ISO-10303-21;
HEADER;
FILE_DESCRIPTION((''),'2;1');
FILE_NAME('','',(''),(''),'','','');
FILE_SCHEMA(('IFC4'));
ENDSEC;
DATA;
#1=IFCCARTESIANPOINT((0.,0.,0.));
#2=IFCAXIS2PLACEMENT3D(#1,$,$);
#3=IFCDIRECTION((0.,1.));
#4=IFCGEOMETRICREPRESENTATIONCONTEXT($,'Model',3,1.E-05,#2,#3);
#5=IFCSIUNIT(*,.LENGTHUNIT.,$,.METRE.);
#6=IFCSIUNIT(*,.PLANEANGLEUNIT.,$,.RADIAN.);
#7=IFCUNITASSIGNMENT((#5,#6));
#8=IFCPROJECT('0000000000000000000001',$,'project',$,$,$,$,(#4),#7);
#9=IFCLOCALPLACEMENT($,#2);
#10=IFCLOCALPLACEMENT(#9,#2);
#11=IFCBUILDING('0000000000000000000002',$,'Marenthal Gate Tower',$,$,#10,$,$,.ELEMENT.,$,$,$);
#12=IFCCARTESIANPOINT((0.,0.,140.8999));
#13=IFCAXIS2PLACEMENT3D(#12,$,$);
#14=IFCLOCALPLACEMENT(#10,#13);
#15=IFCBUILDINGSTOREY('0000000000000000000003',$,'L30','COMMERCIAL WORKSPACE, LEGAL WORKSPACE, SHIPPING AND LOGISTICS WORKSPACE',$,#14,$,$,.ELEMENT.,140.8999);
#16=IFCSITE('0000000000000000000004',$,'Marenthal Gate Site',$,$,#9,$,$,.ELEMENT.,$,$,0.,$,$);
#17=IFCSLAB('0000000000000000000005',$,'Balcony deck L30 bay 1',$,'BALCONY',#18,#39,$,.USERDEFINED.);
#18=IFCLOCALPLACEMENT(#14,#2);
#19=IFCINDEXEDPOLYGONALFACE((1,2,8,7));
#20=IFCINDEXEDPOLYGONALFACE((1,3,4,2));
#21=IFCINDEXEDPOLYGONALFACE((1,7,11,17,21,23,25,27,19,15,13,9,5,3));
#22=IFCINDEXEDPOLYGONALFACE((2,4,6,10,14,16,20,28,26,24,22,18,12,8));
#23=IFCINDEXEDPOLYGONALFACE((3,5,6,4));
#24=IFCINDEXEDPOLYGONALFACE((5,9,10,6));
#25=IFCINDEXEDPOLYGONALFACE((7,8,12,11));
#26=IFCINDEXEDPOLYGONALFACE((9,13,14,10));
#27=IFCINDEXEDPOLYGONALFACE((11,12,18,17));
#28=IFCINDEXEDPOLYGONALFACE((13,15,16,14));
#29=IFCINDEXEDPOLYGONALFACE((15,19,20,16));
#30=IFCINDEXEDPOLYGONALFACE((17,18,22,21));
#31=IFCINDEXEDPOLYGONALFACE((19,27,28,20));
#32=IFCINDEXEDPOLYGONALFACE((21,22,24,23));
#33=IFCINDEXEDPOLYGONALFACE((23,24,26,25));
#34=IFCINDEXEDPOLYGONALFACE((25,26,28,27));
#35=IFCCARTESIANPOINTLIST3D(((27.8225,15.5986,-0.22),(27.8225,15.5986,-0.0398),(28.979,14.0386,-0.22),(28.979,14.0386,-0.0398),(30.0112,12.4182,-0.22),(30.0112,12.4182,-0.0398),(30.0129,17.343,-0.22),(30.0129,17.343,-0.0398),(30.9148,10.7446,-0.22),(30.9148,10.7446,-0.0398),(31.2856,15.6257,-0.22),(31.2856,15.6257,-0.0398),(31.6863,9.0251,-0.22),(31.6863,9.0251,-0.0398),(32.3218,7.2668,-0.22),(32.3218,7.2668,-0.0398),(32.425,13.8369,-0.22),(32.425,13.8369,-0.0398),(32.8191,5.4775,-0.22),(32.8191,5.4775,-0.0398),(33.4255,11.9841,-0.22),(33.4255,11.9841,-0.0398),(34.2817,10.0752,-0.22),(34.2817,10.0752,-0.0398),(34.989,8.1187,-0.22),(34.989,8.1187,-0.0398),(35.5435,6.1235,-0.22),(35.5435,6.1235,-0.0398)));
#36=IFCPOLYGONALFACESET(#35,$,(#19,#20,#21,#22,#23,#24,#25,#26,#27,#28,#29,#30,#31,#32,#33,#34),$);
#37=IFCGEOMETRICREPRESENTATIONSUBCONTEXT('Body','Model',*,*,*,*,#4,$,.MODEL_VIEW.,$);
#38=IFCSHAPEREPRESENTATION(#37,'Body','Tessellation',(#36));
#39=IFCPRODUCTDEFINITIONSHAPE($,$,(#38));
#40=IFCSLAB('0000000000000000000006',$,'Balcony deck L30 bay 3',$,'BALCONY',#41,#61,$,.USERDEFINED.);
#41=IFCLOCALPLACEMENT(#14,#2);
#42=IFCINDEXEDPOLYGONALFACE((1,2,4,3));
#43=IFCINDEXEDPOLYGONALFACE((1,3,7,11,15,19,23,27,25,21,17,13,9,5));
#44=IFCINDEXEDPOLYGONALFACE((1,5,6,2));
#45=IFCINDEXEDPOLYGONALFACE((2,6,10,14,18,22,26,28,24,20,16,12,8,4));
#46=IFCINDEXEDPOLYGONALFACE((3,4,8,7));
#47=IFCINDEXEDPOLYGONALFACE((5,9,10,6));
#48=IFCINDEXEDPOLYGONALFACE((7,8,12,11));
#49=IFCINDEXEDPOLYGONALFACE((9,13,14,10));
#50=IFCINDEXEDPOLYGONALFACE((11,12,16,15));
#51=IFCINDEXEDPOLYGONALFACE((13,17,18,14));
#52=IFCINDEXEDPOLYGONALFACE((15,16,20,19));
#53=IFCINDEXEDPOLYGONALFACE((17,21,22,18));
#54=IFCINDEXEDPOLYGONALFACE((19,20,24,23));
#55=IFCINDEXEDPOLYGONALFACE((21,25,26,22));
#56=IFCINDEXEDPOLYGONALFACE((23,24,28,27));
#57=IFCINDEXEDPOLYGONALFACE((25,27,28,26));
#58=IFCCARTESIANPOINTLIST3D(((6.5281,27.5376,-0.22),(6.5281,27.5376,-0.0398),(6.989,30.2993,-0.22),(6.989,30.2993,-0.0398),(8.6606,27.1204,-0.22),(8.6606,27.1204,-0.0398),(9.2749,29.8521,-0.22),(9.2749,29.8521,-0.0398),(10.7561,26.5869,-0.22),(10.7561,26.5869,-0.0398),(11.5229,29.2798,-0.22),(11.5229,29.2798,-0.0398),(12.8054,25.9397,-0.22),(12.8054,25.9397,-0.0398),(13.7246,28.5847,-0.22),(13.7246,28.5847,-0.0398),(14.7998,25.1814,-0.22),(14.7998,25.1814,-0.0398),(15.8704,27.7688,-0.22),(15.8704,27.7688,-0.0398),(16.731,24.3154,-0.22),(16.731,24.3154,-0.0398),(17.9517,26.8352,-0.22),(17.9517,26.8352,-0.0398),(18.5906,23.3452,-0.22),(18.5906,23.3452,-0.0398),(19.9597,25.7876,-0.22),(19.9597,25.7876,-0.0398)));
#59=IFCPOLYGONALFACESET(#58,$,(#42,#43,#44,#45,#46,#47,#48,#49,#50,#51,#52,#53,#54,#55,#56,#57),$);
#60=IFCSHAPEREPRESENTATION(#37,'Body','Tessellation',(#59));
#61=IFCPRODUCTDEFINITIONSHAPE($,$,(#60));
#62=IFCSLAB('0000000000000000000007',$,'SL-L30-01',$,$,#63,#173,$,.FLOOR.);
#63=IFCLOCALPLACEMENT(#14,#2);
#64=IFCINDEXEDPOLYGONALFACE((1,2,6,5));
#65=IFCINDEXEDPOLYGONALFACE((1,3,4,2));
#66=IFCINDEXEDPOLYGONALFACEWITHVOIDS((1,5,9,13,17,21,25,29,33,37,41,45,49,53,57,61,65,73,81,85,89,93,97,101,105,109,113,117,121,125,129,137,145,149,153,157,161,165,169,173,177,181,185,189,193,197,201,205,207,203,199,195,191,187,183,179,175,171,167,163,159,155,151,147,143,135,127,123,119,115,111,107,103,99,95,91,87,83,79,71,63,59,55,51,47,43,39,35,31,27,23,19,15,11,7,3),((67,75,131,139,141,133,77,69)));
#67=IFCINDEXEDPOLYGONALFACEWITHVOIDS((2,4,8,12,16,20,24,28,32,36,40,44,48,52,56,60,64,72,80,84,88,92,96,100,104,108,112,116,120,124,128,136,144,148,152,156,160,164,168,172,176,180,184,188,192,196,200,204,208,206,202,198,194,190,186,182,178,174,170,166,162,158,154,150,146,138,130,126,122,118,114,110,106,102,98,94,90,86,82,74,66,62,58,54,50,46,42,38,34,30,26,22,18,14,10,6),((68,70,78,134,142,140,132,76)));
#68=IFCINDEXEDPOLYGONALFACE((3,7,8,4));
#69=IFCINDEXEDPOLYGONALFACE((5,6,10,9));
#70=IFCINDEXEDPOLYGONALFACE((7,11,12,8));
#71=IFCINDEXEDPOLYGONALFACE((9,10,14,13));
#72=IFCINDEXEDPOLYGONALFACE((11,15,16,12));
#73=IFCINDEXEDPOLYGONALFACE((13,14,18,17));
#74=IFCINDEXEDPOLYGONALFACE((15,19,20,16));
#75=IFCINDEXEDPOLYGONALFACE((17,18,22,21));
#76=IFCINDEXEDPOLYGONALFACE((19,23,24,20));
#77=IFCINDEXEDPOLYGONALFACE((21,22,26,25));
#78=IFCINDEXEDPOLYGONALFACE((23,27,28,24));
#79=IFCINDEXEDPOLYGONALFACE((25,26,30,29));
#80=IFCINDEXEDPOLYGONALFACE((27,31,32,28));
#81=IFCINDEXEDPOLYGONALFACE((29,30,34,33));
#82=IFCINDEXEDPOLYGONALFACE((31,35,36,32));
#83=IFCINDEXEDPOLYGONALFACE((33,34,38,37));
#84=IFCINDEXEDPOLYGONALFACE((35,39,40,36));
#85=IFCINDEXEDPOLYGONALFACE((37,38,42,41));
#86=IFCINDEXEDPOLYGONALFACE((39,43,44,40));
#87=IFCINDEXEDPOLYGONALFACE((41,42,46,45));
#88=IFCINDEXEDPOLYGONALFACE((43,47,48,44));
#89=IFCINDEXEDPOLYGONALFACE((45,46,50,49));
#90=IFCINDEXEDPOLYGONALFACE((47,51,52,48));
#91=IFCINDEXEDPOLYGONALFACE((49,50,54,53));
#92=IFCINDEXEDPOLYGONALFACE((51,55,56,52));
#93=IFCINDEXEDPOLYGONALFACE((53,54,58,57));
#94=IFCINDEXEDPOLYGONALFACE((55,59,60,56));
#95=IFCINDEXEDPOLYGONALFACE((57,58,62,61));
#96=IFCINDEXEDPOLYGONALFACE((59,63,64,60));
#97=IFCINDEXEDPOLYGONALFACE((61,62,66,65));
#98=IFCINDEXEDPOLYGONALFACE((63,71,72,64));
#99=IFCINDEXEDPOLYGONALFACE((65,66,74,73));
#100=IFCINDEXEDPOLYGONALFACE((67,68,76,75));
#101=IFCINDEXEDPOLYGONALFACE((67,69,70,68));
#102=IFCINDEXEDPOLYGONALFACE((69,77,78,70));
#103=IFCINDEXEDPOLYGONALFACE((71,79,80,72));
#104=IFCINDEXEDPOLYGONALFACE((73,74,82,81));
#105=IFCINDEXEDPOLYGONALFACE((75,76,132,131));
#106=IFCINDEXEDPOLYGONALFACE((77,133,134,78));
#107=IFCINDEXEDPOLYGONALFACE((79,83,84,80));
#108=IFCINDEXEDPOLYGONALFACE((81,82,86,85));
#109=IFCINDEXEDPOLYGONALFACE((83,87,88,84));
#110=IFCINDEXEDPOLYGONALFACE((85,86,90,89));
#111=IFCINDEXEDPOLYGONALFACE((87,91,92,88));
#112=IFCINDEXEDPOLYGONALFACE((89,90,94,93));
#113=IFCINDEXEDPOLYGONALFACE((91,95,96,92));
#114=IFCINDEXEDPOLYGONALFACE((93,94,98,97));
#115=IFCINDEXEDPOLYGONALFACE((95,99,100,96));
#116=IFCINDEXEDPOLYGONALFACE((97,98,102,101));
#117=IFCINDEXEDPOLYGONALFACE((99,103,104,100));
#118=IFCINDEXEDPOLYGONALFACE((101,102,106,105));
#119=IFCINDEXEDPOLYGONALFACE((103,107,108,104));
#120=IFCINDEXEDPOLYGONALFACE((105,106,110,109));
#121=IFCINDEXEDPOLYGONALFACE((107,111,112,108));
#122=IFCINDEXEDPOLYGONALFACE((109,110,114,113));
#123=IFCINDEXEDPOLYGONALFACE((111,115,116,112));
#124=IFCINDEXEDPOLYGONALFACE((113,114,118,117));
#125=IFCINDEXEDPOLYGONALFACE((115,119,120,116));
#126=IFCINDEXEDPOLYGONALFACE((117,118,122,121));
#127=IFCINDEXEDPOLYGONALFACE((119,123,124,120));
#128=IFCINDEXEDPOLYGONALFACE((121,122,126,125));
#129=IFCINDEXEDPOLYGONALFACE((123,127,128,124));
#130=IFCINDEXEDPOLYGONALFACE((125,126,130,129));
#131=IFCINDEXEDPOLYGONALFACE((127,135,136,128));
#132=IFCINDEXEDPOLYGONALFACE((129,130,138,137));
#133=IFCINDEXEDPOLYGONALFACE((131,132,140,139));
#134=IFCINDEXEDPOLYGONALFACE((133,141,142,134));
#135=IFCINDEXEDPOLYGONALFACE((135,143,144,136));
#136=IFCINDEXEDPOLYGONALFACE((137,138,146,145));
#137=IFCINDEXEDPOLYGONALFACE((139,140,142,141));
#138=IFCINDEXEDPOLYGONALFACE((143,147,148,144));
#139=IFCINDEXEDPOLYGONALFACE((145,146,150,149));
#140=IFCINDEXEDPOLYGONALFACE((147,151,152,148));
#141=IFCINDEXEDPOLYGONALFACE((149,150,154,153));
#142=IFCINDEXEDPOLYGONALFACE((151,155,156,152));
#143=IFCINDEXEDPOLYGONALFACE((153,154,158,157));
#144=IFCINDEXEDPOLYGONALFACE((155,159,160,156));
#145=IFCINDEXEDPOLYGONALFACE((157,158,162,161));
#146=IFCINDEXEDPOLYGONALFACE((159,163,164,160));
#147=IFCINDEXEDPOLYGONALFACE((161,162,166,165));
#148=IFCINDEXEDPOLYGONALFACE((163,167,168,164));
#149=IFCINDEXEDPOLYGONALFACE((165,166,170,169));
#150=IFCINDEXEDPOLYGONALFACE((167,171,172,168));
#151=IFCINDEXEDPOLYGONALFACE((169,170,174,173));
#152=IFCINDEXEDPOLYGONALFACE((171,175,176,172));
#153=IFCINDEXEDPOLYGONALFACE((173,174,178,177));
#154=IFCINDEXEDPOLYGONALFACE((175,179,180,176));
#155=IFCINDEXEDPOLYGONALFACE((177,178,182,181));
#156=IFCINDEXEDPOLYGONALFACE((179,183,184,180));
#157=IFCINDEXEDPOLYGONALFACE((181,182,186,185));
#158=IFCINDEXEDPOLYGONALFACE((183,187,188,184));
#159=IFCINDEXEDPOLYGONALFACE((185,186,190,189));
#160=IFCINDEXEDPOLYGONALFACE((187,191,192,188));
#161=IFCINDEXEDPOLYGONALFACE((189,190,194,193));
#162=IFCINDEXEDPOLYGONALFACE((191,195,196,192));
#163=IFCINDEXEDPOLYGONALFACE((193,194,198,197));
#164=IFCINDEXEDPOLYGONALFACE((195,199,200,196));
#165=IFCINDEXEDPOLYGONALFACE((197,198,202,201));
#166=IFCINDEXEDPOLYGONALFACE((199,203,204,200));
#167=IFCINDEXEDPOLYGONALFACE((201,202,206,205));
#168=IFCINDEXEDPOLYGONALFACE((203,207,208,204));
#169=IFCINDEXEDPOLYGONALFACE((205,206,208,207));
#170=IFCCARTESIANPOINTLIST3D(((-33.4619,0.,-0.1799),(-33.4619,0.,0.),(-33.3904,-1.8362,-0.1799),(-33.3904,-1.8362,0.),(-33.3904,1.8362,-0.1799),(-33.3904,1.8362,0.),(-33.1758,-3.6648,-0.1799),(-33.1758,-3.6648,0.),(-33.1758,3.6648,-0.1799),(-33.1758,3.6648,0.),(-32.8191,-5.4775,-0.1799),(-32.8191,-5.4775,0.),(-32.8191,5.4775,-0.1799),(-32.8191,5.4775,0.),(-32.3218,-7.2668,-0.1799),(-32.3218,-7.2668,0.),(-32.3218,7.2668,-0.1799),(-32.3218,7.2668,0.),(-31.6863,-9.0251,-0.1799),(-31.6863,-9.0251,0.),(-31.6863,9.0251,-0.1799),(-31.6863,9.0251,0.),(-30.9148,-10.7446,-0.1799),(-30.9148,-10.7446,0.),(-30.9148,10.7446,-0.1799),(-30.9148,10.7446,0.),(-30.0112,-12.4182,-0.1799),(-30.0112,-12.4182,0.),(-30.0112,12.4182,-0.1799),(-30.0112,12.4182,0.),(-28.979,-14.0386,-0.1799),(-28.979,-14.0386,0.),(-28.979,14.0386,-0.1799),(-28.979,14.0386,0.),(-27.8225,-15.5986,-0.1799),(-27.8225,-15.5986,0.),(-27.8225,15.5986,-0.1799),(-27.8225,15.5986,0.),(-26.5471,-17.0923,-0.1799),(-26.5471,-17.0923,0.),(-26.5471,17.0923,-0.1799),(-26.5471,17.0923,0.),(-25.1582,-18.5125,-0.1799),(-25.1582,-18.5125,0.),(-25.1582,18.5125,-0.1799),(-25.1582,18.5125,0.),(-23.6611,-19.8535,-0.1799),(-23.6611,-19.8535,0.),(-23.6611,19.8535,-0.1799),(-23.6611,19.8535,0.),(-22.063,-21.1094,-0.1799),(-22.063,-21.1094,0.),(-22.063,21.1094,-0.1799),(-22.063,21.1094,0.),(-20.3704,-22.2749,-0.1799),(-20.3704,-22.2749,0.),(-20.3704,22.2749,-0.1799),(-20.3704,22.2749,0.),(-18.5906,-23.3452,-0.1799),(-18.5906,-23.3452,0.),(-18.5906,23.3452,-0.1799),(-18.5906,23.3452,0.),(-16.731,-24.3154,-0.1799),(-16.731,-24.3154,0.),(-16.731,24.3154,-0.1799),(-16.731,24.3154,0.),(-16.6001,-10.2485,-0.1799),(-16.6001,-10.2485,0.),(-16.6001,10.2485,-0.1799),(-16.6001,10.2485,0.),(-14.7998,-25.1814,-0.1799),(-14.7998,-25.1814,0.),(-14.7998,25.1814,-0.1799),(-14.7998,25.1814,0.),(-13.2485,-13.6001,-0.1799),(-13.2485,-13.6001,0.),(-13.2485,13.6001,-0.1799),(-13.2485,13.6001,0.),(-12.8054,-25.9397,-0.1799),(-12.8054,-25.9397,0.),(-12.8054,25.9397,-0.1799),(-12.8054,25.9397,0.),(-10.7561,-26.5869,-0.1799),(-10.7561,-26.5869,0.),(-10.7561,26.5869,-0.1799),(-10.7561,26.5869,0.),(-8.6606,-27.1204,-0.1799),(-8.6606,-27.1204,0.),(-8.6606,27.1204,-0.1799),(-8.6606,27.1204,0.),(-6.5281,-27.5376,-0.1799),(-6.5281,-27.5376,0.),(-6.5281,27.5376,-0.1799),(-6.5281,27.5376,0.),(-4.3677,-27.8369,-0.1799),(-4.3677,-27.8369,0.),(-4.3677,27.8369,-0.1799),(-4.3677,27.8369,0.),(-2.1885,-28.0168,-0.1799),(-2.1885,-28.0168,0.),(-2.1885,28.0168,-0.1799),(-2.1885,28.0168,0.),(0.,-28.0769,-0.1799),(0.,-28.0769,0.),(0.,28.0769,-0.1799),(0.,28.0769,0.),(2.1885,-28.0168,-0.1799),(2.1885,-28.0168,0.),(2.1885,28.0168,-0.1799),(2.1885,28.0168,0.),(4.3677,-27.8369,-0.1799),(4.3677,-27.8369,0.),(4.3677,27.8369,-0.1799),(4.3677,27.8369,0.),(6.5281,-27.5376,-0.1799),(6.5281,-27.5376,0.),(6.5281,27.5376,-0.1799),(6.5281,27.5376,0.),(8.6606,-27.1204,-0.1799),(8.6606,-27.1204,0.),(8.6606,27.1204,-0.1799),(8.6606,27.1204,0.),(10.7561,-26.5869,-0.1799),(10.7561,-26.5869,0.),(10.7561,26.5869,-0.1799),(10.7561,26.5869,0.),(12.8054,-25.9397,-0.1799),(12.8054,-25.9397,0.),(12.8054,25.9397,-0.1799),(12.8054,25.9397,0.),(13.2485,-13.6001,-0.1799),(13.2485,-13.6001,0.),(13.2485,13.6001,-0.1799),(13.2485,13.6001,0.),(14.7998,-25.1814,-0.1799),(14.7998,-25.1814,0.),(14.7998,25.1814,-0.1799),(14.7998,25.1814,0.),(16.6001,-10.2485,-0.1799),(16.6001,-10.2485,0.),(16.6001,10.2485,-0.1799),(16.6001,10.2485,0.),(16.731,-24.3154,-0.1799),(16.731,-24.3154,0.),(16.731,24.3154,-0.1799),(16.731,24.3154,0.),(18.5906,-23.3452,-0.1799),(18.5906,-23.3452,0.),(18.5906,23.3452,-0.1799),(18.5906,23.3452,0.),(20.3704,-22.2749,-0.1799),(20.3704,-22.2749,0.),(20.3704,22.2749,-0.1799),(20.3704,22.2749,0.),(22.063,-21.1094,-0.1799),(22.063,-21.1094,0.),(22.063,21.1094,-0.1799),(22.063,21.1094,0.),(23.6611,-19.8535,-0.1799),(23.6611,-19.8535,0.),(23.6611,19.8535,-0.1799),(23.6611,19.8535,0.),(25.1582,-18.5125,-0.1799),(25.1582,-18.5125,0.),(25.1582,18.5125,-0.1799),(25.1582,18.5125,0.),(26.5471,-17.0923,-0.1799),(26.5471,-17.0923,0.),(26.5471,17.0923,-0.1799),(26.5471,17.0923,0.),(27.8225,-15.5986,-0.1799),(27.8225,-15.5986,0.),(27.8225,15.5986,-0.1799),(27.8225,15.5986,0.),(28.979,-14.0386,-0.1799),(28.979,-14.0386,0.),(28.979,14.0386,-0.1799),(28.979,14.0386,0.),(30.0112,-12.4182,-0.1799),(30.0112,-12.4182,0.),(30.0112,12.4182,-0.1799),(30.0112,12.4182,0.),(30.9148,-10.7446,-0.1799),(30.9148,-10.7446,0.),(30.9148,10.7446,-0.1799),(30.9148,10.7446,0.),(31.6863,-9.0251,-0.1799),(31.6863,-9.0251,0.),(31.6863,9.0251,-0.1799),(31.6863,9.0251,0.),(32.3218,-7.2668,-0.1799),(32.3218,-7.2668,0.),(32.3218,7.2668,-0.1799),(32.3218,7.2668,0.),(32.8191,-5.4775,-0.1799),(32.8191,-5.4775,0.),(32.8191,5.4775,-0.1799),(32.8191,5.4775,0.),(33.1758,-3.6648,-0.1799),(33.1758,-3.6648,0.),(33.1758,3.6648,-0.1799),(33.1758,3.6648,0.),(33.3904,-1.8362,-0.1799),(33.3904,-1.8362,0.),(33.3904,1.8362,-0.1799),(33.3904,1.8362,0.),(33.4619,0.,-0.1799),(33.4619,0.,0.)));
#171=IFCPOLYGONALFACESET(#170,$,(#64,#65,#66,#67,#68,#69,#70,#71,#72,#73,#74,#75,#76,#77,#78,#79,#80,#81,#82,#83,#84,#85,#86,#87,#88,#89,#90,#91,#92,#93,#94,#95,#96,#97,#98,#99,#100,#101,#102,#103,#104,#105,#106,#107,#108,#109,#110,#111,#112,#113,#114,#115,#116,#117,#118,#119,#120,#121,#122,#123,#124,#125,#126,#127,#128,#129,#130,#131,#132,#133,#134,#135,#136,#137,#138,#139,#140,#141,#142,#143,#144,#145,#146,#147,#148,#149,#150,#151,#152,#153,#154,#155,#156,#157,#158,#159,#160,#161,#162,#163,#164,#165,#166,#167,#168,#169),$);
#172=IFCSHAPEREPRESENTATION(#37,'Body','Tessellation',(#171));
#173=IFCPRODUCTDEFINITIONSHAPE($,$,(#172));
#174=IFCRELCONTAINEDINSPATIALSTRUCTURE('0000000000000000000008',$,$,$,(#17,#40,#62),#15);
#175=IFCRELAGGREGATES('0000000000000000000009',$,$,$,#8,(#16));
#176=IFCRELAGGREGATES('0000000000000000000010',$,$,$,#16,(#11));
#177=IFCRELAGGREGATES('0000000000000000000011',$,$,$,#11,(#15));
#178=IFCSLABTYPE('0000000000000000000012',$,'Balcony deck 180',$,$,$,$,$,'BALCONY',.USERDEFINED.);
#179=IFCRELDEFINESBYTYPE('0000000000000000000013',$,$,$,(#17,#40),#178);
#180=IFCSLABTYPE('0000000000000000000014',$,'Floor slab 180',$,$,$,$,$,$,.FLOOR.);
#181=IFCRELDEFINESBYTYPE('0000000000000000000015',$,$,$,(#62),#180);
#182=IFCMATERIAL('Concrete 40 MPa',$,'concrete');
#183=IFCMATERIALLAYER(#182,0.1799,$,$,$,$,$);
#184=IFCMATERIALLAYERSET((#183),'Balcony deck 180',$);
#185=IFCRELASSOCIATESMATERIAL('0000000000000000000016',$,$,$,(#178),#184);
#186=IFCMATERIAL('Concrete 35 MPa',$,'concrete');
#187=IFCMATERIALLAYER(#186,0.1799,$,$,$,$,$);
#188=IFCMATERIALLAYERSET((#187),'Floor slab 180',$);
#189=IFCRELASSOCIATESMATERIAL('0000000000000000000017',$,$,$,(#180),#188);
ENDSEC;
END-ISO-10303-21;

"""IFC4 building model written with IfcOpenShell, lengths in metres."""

from ifc_helpers import new_model, si_unit, direction, frame, origin, place, context, subcontext, project, spatial, polyline, outline, extrude, material, layer, layer_set, type_object, element, save


model = new_model("IFC4")

# Units and contexts
model_context = context("Model", 3, precision=1e-05, world=origin(), true_north=direction((0.0, 1.0)))
body_context = subcontext(model_context, "Body", "Model", "MODEL_VIEW")
ifc_project = project(units=[si_unit("LENGTHUNIT", "METRE"), si_unit("PLANEANGLEUNIT", "RADIAN")], contexts=[model_context])

# Site, building, storey
site_placement = place(None, origin())
site = spatial("IfcSite", under=ifc_project, at=site_placement, Name="Marenthal Gate Site", CompositionType="ELEMENT", RefElevation=0.0)
building_placement = place(site_placement, origin())
building = spatial("IfcBuilding", under=site, at=building_placement, Name="Marenthal Gate Tower", CompositionType="ELEMENT")
storey_placement = place(building_placement, frame((0.0, 0.0, 140.8999)))
storey = spatial("IfcBuildingStorey", under=building, at=storey_placement, Name="L30", Description="COMMERCIAL WORKSPACE, LEGAL WORKSPACE, SHIPPING AND LOGISTICS WORKSPACE", CompositionType="ELEMENT", Elevation=140.8999)

# Slabs
ifc_material_1 = material(Name="Concrete 40 MPa", Category="concrete")
ifc_layer_1 = layer(ifc_material_1, 0.1799)
ifc_layer_set_1 = layer_set([ifc_layer_1], Name="Balcony deck 180")
slab_type_1 = type_object("IfcSlabType", Name="Balcony deck 180", ElementType="BALCONY", PredefinedType="USERDEFINED", material=ifc_layer_set_1)
slab_1_placement = place(storey_placement, frame((0.0, 0.0, -0.22)))
element("IfcSlab", 1, at=slab_1_placement, inside=storey, type_object=slab_type_1, Name="Balcony deck L30 bay 1", ObjectType="BALCONY", PredefinedType="USERDEFINED", context=body_context, shape_type="SweptSolid", body=[
    extrude(outline(polyline([(32.8191, 5.4775), (32.3218, 7.2668), (31.6863, 9.0251), (30.9148, 10.7446), (30.0112, 12.4182), (28.979, 14.0386), (27.8225, 15.5986), (30.0129, 17.343), (31.2856, 15.6257), (32.425, 13.8369), (33.4255, 11.9841), (34.2817, 10.0752), (34.989, 8.1187), (35.5435, 6.1235), (32.8191, 5.4775)])), origin(), (0.0, 0.0, 1.0), 0.1802),
])
slab_2_placement = place(storey_placement, frame((0.0, 0.0, -0.22)))
element("IfcSlab", 2, at=slab_2_placement, inside=storey, type_object=slab_type_1, Name="Balcony deck L30 bay 3", ObjectType="BALCONY", PredefinedType="USERDEFINED", context=body_context, shape_type="SweptSolid", body=[
    extrude(outline(polyline([(18.5906, 23.3452), (16.731, 24.3154), (14.7998, 25.1814), (12.8054, 25.9397), (10.7561, 26.5869), (8.6606, 27.1204), (6.5281, 27.5376), (6.989, 30.2993), (9.2749, 29.8521), (11.5229, 29.2798), (13.7246, 28.5847), (15.8704, 27.7688), (17.9517, 26.8352), (19.9597, 25.7876), (18.5906, 23.3452)])), origin(), (0.0, 0.0, 1.0), 0.1802),
])
ifc_material_2 = material(Name="Concrete 35 MPa", Category="concrete")
ifc_layer_2 = layer(ifc_material_2, 0.1799)
ifc_layer_set_2 = layer_set([ifc_layer_2], Name="Floor slab 180")
slab_type_2 = type_object("IfcSlabType", Name="Floor slab 180", PredefinedType="FLOOR", material=ifc_layer_set_2)
slab_3_placement = place(storey_placement, frame((0.0, 0.0, -0.1799)))
element("IfcSlab", 3, at=slab_3_placement, inside=storey, type_object=slab_type_2, Name="SL-L30-01", PredefinedType="FLOOR", context=body_context, shape_type="SweptSolid", body=[
    extrude(outline(polyline([(33.4619, 0.0), (33.3904, 1.8362), (33.1758, 3.6648), (32.8191, 5.4775), (32.3218, 7.2668), (31.6863, 9.0251), (30.9148, 10.7446), (30.0112, 12.4182), (28.979, 14.0386), (27.8225, 15.5986), (26.5471, 17.0923), (25.1582, 18.5125), (23.6611, 19.8535), (22.063, 21.1094), (20.3704, 22.2749), (18.5906, 23.3452), (16.731, 24.3154), (14.7998, 25.1814), (12.8054, 25.9397), (10.7561, 26.5869), (8.6606, 27.1204), (6.5281, 27.5376), (4.3677, 27.8369), (2.1885, 28.0168), (0.0, 28.0769), (-2.1885, 28.0168), (-4.3677, 27.8369), (-6.5281, 27.5376), (-8.6606, 27.1204), (-10.7561, 26.5869), (-12.8054, 25.9397), (-14.7998, 25.1814), (-16.731, 24.3154), (-18.5906, 23.3452), (-20.3704, 22.2749), (-22.063, 21.1094), (-23.6611, 19.8535), (-25.1582, 18.5125), (-26.5471, 17.0923), (-27.8225, 15.5986), (-28.979, 14.0386), (-30.0112, 12.4182), (-30.9148, 10.7446), (-31.6863, 9.0251), (-32.3218, 7.2668), (-32.8191, 5.4775), (-33.1758, 3.6648), (-33.3904, 1.8362), (-33.4619, 0.0), (-33.3904, -1.8362), (-33.1758, -3.6648), (-32.8191, -5.4775), (-32.3218, -7.2668), (-31.6863, -9.0251), (-30.9148, -10.7446), (-30.0112, -12.4182), (-28.979, -14.0386), (-27.8225, -15.5986), (-26.5471, -17.0923), (-25.1582, -18.5125), (-23.6611, -19.8535), (-22.063, -21.1094), (-20.3704, -22.2749), (-18.5906, -23.3452), (-16.731, -24.3154), (-14.7998, -25.1814), (-12.8054, -25.9397), (-10.7561, -26.5869), (-8.6606, -27.1204), (-6.5281, -27.5376), (-4.3677, -27.8369), (-2.1885, -28.0168), (0.0, -28.0769), (2.1885, -28.0168), (4.3677, -27.8369), (6.5281, -27.5376), (8.6606, -27.1204), (10.7561, -26.5869), (12.8054, -25.9397), (14.7998, -25.1814), (16.731, -24.3154), (18.5906, -23.3452), (20.3704, -22.2749), (22.063, -21.1094), (23.6611, -19.8535), (25.1582, -18.5125), (26.5471, -17.0923), (27.8225, -15.5986), (28.979, -14.0386), (30.0112, -12.4182), (30.9148, -10.7446), (31.6863, -9.0251), (32.3218, -7.2668), (32.8191, -5.4775), (33.1758, -3.6648), (33.3904, -1.8362), (33.4619, 0.0)]), holes=[polyline([(13.2485, -13.6001), (16.6001, -10.2485), (16.6001, 10.2485), (13.2485, 13.6001), (-13.2485, 13.6001), (-16.6001, 10.2485), (-16.6001, -10.2485), (-13.2485, -13.6001), (13.2485, -13.6001)])]), origin(), (0.0, 0.0, 1.0), 0.1799),
])

save(model, "model.ifc")
